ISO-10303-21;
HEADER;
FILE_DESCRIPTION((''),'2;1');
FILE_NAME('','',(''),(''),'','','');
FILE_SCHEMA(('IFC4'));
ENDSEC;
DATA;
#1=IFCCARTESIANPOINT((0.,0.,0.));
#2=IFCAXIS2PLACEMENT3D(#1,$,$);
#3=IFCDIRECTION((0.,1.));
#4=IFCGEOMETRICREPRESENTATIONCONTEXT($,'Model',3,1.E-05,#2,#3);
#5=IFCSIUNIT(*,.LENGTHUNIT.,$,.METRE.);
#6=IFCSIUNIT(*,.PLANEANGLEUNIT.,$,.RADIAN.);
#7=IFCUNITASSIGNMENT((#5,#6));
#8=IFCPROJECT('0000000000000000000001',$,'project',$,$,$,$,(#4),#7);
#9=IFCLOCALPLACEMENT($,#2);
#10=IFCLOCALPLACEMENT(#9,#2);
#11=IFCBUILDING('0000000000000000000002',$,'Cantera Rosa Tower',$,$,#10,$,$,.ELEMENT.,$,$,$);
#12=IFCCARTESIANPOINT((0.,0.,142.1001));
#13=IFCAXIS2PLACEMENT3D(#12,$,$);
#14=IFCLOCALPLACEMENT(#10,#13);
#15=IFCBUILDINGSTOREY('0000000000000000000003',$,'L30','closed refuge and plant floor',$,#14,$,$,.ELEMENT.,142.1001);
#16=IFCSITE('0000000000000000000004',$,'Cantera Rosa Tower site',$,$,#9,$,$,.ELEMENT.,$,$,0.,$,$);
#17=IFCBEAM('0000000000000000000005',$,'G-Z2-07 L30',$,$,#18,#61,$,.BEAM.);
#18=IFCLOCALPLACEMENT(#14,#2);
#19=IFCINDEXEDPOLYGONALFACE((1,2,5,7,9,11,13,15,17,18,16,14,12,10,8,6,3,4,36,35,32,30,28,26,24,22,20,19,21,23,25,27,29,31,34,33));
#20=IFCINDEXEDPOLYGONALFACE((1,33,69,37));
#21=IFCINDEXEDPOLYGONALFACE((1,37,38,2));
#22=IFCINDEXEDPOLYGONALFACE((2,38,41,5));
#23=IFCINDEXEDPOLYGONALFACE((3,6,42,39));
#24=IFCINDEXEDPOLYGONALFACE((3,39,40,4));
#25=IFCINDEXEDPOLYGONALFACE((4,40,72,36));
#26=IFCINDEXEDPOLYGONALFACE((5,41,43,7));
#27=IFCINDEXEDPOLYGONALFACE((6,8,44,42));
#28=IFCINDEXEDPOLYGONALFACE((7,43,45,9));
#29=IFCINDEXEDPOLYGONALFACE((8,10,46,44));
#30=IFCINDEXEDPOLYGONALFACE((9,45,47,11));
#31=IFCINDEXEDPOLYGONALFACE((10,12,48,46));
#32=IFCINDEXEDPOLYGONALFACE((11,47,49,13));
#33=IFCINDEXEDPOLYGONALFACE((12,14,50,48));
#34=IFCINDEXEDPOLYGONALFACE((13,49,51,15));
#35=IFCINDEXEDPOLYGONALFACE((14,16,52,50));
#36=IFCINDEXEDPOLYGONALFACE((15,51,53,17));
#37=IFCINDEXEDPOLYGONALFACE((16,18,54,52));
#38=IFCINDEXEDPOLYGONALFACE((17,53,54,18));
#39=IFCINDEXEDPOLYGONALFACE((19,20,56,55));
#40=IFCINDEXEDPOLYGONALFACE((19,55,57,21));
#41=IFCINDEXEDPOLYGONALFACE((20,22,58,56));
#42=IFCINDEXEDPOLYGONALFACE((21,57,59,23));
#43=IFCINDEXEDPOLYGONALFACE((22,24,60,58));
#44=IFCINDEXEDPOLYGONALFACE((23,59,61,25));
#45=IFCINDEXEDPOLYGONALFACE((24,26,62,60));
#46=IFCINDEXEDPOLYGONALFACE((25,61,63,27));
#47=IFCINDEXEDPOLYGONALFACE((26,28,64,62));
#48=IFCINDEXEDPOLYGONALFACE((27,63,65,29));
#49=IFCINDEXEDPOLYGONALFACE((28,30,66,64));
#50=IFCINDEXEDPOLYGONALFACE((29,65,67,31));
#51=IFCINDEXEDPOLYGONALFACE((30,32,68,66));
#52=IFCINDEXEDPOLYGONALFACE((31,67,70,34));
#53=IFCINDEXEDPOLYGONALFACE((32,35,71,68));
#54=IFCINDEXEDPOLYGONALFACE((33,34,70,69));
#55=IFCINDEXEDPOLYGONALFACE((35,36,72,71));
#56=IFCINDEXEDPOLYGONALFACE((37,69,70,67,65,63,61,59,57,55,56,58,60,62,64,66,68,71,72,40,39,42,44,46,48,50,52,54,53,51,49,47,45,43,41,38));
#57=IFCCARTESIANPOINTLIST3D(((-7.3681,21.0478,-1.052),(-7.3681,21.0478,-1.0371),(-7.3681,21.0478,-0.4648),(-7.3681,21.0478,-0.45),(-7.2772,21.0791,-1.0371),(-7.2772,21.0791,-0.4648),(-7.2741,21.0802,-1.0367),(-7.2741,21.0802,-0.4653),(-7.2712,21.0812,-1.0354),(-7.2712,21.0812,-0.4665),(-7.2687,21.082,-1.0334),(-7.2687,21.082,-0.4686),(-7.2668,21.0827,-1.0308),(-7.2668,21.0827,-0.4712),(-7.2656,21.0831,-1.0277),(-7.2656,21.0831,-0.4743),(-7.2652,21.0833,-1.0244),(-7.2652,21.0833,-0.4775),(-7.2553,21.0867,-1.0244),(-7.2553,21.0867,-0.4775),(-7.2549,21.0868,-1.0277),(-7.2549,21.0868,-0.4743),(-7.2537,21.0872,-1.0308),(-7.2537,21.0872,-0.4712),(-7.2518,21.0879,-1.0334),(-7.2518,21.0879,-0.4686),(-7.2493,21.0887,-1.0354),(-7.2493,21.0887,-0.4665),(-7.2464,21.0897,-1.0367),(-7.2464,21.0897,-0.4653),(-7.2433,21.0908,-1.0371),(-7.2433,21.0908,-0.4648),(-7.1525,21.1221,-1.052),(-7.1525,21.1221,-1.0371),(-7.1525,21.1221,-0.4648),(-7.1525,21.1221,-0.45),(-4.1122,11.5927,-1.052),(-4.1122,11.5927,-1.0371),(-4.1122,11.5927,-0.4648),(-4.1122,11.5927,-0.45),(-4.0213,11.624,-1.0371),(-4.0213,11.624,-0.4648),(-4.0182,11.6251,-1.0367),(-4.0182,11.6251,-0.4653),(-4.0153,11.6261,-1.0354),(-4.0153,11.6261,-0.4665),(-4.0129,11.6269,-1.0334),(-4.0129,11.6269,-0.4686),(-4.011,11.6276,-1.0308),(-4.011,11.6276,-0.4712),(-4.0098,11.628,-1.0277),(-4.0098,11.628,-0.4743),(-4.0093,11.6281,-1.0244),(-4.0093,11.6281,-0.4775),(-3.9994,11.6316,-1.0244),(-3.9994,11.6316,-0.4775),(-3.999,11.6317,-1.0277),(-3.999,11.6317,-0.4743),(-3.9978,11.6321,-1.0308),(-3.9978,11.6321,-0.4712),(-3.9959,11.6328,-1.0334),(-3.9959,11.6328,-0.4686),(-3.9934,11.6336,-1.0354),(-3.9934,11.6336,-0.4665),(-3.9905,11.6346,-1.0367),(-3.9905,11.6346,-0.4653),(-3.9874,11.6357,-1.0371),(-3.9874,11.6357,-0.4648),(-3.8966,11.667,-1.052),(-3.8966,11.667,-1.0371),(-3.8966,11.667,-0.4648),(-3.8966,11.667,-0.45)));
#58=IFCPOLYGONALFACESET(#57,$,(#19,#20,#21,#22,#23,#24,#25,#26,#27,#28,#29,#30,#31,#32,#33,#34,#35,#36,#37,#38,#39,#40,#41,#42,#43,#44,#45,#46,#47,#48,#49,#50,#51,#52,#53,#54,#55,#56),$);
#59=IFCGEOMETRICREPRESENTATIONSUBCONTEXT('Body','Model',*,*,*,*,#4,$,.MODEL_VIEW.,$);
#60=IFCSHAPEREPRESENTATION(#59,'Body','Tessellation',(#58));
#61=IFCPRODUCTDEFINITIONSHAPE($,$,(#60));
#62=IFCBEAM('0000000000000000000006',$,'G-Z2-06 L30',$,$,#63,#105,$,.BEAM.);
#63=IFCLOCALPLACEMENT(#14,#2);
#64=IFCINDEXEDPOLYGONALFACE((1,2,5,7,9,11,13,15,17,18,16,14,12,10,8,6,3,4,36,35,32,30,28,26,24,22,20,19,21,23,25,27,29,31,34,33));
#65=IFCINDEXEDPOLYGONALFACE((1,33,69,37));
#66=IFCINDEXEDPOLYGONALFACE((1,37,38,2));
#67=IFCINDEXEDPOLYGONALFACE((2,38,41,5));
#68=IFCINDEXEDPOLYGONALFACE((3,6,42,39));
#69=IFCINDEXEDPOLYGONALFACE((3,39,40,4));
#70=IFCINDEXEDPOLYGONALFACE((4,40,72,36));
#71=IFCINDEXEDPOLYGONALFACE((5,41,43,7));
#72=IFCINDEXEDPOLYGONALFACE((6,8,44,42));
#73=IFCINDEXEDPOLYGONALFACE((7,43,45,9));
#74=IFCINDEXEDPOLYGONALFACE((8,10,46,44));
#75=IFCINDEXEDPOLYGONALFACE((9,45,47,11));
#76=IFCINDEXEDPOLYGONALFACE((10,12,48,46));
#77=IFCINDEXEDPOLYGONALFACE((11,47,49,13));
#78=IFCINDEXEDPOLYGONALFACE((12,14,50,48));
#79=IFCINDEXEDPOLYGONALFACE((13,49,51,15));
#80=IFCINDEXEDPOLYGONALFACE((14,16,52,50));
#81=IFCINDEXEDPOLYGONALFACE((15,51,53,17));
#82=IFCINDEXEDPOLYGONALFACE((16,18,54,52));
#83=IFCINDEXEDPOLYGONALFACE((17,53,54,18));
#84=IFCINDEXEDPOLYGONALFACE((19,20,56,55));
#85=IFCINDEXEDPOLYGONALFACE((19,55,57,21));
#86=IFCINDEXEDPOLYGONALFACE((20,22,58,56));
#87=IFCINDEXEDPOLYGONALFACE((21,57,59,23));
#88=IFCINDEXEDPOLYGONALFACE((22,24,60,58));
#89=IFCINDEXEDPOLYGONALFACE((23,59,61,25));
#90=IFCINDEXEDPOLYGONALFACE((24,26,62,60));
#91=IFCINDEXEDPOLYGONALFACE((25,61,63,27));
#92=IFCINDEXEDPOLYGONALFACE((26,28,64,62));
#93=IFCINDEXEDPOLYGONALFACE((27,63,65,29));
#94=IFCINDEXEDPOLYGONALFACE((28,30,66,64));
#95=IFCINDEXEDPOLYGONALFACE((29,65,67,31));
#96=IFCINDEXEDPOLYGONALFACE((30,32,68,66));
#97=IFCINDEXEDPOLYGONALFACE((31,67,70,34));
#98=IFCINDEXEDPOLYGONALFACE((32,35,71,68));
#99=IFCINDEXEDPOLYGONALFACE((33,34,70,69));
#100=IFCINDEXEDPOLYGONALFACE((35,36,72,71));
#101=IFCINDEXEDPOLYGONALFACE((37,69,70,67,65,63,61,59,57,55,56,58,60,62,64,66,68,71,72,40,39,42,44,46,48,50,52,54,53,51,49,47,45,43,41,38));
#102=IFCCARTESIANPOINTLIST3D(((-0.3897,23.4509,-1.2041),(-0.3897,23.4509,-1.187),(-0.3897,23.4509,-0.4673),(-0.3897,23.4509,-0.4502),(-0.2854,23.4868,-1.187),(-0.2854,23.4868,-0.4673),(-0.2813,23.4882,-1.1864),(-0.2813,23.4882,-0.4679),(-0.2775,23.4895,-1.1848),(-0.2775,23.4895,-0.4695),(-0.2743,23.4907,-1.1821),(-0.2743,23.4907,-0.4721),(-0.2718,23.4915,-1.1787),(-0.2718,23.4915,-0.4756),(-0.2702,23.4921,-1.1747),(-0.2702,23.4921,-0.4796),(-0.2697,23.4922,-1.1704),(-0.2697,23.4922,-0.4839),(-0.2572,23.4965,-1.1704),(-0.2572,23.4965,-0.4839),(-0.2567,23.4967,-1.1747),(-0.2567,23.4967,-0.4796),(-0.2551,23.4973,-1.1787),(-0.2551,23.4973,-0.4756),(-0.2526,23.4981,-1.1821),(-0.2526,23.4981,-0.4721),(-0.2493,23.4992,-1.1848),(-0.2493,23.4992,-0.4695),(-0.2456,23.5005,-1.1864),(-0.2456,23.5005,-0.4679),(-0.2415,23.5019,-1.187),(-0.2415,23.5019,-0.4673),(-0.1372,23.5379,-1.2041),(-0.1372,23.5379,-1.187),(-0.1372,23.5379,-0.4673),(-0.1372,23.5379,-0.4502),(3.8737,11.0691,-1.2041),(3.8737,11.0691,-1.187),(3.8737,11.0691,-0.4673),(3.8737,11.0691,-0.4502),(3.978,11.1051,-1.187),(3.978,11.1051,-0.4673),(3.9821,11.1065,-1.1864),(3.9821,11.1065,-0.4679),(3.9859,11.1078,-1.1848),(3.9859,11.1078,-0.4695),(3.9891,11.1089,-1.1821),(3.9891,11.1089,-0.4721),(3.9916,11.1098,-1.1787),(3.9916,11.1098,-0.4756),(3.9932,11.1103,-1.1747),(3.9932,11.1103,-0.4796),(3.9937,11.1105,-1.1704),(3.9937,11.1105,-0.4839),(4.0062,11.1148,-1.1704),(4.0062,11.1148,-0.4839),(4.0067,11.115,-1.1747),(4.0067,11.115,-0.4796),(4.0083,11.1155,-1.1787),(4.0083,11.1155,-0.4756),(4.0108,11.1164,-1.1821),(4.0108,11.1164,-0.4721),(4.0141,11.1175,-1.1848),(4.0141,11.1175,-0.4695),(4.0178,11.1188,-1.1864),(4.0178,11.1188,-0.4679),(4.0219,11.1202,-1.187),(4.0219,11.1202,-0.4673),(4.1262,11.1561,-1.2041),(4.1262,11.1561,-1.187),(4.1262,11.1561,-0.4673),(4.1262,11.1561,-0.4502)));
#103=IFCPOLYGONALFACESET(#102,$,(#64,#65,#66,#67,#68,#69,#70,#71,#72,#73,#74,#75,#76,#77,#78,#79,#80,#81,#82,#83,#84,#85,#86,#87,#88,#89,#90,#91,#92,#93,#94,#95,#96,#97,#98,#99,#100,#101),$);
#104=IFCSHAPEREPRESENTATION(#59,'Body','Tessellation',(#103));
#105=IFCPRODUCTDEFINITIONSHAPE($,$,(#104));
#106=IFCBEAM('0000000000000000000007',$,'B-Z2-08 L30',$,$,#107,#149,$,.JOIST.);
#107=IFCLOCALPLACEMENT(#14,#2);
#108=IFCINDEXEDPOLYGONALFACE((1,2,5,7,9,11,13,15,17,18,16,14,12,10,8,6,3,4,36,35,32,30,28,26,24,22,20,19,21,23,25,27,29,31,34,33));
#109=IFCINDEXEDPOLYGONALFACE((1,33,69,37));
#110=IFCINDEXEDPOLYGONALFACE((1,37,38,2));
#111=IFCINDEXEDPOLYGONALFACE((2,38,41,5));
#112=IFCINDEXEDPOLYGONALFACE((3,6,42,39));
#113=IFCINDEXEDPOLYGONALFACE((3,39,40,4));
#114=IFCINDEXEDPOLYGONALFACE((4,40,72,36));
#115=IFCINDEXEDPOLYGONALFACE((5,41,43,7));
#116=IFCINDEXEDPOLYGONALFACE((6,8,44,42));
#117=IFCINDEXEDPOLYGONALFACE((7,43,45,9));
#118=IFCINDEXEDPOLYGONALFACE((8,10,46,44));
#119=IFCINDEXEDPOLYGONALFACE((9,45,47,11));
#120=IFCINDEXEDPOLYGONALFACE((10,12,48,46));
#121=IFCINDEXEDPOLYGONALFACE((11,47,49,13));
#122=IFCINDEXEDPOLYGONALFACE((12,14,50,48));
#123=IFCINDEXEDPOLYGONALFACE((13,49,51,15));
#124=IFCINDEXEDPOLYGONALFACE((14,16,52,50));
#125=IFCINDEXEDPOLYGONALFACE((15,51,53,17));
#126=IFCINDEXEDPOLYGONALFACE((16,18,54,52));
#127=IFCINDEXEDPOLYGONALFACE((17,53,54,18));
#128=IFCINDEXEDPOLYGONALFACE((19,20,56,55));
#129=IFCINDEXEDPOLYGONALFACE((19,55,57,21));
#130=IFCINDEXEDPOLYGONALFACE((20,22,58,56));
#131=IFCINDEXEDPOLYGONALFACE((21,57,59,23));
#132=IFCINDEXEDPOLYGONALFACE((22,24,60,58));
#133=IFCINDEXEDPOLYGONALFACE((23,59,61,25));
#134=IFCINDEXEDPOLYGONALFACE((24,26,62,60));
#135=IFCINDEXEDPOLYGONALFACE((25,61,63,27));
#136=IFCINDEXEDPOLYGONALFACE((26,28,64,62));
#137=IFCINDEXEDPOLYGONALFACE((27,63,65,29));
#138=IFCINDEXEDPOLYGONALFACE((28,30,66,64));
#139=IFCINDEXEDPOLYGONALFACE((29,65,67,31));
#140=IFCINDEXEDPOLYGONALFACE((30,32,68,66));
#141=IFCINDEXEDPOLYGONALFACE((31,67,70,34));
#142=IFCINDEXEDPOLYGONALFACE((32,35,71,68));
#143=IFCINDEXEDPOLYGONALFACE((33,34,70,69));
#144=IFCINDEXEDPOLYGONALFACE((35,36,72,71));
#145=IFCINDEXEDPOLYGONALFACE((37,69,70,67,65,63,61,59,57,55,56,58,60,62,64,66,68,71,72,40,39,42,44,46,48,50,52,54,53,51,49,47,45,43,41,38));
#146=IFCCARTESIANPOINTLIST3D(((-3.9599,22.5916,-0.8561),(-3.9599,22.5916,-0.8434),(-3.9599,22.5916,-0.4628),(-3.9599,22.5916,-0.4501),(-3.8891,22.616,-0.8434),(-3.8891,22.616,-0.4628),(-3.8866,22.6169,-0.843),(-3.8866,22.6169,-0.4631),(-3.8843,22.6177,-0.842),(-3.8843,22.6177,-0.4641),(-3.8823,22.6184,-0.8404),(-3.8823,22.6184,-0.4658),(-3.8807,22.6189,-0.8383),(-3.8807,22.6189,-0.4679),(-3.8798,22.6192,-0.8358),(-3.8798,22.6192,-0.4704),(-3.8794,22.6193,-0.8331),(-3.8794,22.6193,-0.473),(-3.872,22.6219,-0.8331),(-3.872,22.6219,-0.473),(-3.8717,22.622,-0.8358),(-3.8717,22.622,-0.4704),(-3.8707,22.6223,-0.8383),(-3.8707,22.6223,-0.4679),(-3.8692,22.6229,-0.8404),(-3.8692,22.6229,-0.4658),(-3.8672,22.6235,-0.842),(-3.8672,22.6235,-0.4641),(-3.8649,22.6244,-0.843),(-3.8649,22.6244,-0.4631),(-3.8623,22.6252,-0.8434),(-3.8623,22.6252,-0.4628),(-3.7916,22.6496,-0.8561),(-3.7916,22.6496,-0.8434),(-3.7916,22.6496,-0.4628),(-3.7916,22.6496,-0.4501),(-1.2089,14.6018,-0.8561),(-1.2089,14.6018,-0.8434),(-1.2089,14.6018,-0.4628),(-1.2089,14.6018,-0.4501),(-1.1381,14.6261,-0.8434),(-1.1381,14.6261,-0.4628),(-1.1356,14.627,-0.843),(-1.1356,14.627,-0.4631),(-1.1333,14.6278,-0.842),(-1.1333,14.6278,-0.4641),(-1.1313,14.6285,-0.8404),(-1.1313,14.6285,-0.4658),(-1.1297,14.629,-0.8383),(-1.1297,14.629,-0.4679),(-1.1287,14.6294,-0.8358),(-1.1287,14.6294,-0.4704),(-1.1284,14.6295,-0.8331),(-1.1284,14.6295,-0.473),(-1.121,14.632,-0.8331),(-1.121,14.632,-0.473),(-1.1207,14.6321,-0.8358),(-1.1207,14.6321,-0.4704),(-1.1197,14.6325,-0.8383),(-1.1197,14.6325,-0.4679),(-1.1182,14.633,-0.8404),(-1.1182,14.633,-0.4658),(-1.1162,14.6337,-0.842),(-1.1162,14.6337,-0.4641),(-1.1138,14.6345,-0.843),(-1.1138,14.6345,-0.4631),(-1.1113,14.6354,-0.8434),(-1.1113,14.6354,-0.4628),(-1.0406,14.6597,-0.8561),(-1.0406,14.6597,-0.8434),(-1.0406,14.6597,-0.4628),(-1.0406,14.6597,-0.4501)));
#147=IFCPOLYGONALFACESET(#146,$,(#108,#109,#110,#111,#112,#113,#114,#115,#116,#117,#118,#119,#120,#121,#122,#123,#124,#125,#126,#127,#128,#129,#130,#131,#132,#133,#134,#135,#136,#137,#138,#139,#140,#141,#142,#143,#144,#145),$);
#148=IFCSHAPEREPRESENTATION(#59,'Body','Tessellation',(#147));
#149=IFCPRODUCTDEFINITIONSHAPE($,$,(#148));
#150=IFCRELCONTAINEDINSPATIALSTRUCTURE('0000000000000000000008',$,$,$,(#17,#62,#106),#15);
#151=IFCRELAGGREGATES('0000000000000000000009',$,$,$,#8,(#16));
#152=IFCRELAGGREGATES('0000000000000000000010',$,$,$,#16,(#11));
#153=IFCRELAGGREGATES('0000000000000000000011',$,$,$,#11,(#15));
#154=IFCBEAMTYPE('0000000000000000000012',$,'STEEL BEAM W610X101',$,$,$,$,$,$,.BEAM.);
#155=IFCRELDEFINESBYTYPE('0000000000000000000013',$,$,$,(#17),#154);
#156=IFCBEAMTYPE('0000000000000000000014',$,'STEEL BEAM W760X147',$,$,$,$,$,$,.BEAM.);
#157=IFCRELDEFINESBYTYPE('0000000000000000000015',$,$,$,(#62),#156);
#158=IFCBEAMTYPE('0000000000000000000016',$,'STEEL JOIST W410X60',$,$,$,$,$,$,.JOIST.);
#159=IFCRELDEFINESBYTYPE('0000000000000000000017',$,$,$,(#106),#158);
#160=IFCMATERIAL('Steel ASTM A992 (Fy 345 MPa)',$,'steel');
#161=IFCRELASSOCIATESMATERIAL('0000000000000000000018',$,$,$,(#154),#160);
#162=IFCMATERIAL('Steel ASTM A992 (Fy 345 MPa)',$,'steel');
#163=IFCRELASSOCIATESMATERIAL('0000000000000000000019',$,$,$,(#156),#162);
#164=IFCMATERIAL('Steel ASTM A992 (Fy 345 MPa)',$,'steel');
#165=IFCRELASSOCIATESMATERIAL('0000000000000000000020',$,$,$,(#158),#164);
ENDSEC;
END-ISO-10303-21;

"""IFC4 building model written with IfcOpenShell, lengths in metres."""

from ifc_helpers import new_model, si_unit, direction, frame, origin, origin_2d, place, context, subcontext, project, spatial, i_section, extrude, material, material_profile, profile_set, type_object, element, save


model = new_model("IFC4")

# Units and contexts
model_context = context("Model", 3, precision=1e-05, world=origin(), true_north=direction((0.0, 1.0)))
body_context = subcontext(model_context, "Body", "Model", "MODEL_VIEW")
ifc_project = project(units=[si_unit("LENGTHUNIT", "METRE"), si_unit("PLANEANGLEUNIT", "RADIAN")], contexts=[model_context])

# Site, building, storey
site_placement = place(None, origin())
site = spatial("IfcSite", under=ifc_project, at=site_placement, Name="Cantera Rosa Tower site", CompositionType="ELEMENT", RefElevation=0.0)
building_placement = place(site_placement, origin())
building = spatial("IfcBuilding", under=site, at=building_placement, Name="Cantera Rosa Tower", CompositionType="ELEMENT")
storey_placement = place(building_placement, frame((0.0, 0.0, 142.1001)))
storey = spatial("IfcBuildingStorey", under=building, at=storey_placement, Name="L30", Description="closed refuge and plant floor", CompositionType="ELEMENT", Elevation=142.1001)

# Beams
ifc_material_1 = material(Name="Steel ASTM A992 (Fy 345 MPa)", Category="steel")
ifc_material_profile_1 = material_profile(ifc_material_1, i_section(OverallWidth=0.228, OverallDepth=0.6021, WebThickness=0.0105, FlangeThickness=0.0149, FilletRadius=0.0127, at=origin_2d()), Name="W610X101")
ifc_profile_set_1 = profile_set([ifc_material_profile_1], Name="Steel ASTM A992 (Fy 345 MPa)")
beam_type_1 = type_object("IfcBeamType", Name="STEEL BEAM W610X101", PredefinedType="BEAM", material=ifc_profile_set_1)
beam_1_placement = place(storey_placement, frame((-7.2603, 21.085, -0.751), z_axis=(0.325587, -0.945512, 0.0), x_axis=(0.945512, 0.325587, 0.0)))
element("IfcBeam", 1, at=beam_1_placement, inside=storey, type_object=beam_type_1, Name="G-Z2-07 L30", PredefinedType="BEAM", context=body_context, shape_type="SweptSolid", body=[
    extrude(i_section(OverallWidth=0.228, OverallDepth=0.6021, WebThickness=0.0105, FlangeThickness=0.0149, FilletRadius=0.0127, at=origin_2d()), origin(), (0.0, 0.0, 1.0), 10.0),
])
ifc_material_2 = material(Name="Steel ASTM A992 (Fy 345 MPa)", Category="steel")
ifc_material_profile_2 = material_profile(ifc_material_2, i_section(OverallWidth=0.2671, OverallDepth=0.7539, WebThickness=0.0132, FlangeThickness=0.0171, FilletRadius=0.0166, at=origin_2d()), Name="W760X147")
ifc_profile_set_2 = profile_set([ifc_material_profile_2], Name="Steel ASTM A992 (Fy 345 MPa)")
beam_type_2 = type_object("IfcBeamType", Name="STEEL BEAM W760X147", PredefinedType="BEAM", material=ifc_profile_set_2)
beam_2_placement = place(storey_placement, frame((-0.2634, 23.4944, -0.8271), z_axis=(0.32557, -0.945518, 0.0), x_axis=(0.945518, 0.32557, 0.0)))
element("IfcBeam", 2, at=beam_2_placement, inside=storey, type_object=beam_type_2, Name="G-Z2-06 L30", PredefinedType="BEAM", context=body_context, shape_type="SweptSolid", body=[
    extrude(i_section(OverallWidth=0.2671, OverallDepth=0.7539, WebThickness=0.0132, FlangeThickness=0.0171, FilletRadius=0.0166, at=origin_2d()), origin(), (0.0, 0.0, 1.0), 13.0952),
])
ifc_material_3 = material(Name="Steel ASTM A992 (Fy 345 MPa)", Category="steel")
ifc_material_profile_3 = material_profile(ifc_material_3, i_section(OverallWidth=0.178, OverallDepth=0.406, WebThickness=0.0078, FlangeThickness=0.0127, FilletRadius=0.0103, at=origin_2d()), Name="W410X60")
ifc_profile_set_3 = profile_set([ifc_material_profile_3], Name="Steel ASTM A992 (Fy 345 MPa)")
beam_type_3 = type_object("IfcBeamType", Name="STEEL JOIST W410X60", PredefinedType="JOIST", material=ifc_profile_set_3)
beam_3_placement = place(storey_placement, frame((-3.8757, 22.6206, -0.6531), z_axis=(0.325556, -0.945523, 0.0), x_axis=(0.945523, 0.325556, 0.0)))
element("IfcBeam", 3, at=beam_3_placement, inside=storey, type_object=beam_type_3, Name="B-Z2-08 L30", PredefinedType="JOIST", context=body_context, shape_type="SweptSolid", body=[
    extrude(i_section(OverallWidth=0.178, OverallDepth=0.406, WebThickness=0.0078, FlangeThickness=0.0127, FilletRadius=0.0103, at=origin_2d()), origin(), (0.0, 0.0, 1.0), 8.4502),
])

save(model, "model.ifc")
